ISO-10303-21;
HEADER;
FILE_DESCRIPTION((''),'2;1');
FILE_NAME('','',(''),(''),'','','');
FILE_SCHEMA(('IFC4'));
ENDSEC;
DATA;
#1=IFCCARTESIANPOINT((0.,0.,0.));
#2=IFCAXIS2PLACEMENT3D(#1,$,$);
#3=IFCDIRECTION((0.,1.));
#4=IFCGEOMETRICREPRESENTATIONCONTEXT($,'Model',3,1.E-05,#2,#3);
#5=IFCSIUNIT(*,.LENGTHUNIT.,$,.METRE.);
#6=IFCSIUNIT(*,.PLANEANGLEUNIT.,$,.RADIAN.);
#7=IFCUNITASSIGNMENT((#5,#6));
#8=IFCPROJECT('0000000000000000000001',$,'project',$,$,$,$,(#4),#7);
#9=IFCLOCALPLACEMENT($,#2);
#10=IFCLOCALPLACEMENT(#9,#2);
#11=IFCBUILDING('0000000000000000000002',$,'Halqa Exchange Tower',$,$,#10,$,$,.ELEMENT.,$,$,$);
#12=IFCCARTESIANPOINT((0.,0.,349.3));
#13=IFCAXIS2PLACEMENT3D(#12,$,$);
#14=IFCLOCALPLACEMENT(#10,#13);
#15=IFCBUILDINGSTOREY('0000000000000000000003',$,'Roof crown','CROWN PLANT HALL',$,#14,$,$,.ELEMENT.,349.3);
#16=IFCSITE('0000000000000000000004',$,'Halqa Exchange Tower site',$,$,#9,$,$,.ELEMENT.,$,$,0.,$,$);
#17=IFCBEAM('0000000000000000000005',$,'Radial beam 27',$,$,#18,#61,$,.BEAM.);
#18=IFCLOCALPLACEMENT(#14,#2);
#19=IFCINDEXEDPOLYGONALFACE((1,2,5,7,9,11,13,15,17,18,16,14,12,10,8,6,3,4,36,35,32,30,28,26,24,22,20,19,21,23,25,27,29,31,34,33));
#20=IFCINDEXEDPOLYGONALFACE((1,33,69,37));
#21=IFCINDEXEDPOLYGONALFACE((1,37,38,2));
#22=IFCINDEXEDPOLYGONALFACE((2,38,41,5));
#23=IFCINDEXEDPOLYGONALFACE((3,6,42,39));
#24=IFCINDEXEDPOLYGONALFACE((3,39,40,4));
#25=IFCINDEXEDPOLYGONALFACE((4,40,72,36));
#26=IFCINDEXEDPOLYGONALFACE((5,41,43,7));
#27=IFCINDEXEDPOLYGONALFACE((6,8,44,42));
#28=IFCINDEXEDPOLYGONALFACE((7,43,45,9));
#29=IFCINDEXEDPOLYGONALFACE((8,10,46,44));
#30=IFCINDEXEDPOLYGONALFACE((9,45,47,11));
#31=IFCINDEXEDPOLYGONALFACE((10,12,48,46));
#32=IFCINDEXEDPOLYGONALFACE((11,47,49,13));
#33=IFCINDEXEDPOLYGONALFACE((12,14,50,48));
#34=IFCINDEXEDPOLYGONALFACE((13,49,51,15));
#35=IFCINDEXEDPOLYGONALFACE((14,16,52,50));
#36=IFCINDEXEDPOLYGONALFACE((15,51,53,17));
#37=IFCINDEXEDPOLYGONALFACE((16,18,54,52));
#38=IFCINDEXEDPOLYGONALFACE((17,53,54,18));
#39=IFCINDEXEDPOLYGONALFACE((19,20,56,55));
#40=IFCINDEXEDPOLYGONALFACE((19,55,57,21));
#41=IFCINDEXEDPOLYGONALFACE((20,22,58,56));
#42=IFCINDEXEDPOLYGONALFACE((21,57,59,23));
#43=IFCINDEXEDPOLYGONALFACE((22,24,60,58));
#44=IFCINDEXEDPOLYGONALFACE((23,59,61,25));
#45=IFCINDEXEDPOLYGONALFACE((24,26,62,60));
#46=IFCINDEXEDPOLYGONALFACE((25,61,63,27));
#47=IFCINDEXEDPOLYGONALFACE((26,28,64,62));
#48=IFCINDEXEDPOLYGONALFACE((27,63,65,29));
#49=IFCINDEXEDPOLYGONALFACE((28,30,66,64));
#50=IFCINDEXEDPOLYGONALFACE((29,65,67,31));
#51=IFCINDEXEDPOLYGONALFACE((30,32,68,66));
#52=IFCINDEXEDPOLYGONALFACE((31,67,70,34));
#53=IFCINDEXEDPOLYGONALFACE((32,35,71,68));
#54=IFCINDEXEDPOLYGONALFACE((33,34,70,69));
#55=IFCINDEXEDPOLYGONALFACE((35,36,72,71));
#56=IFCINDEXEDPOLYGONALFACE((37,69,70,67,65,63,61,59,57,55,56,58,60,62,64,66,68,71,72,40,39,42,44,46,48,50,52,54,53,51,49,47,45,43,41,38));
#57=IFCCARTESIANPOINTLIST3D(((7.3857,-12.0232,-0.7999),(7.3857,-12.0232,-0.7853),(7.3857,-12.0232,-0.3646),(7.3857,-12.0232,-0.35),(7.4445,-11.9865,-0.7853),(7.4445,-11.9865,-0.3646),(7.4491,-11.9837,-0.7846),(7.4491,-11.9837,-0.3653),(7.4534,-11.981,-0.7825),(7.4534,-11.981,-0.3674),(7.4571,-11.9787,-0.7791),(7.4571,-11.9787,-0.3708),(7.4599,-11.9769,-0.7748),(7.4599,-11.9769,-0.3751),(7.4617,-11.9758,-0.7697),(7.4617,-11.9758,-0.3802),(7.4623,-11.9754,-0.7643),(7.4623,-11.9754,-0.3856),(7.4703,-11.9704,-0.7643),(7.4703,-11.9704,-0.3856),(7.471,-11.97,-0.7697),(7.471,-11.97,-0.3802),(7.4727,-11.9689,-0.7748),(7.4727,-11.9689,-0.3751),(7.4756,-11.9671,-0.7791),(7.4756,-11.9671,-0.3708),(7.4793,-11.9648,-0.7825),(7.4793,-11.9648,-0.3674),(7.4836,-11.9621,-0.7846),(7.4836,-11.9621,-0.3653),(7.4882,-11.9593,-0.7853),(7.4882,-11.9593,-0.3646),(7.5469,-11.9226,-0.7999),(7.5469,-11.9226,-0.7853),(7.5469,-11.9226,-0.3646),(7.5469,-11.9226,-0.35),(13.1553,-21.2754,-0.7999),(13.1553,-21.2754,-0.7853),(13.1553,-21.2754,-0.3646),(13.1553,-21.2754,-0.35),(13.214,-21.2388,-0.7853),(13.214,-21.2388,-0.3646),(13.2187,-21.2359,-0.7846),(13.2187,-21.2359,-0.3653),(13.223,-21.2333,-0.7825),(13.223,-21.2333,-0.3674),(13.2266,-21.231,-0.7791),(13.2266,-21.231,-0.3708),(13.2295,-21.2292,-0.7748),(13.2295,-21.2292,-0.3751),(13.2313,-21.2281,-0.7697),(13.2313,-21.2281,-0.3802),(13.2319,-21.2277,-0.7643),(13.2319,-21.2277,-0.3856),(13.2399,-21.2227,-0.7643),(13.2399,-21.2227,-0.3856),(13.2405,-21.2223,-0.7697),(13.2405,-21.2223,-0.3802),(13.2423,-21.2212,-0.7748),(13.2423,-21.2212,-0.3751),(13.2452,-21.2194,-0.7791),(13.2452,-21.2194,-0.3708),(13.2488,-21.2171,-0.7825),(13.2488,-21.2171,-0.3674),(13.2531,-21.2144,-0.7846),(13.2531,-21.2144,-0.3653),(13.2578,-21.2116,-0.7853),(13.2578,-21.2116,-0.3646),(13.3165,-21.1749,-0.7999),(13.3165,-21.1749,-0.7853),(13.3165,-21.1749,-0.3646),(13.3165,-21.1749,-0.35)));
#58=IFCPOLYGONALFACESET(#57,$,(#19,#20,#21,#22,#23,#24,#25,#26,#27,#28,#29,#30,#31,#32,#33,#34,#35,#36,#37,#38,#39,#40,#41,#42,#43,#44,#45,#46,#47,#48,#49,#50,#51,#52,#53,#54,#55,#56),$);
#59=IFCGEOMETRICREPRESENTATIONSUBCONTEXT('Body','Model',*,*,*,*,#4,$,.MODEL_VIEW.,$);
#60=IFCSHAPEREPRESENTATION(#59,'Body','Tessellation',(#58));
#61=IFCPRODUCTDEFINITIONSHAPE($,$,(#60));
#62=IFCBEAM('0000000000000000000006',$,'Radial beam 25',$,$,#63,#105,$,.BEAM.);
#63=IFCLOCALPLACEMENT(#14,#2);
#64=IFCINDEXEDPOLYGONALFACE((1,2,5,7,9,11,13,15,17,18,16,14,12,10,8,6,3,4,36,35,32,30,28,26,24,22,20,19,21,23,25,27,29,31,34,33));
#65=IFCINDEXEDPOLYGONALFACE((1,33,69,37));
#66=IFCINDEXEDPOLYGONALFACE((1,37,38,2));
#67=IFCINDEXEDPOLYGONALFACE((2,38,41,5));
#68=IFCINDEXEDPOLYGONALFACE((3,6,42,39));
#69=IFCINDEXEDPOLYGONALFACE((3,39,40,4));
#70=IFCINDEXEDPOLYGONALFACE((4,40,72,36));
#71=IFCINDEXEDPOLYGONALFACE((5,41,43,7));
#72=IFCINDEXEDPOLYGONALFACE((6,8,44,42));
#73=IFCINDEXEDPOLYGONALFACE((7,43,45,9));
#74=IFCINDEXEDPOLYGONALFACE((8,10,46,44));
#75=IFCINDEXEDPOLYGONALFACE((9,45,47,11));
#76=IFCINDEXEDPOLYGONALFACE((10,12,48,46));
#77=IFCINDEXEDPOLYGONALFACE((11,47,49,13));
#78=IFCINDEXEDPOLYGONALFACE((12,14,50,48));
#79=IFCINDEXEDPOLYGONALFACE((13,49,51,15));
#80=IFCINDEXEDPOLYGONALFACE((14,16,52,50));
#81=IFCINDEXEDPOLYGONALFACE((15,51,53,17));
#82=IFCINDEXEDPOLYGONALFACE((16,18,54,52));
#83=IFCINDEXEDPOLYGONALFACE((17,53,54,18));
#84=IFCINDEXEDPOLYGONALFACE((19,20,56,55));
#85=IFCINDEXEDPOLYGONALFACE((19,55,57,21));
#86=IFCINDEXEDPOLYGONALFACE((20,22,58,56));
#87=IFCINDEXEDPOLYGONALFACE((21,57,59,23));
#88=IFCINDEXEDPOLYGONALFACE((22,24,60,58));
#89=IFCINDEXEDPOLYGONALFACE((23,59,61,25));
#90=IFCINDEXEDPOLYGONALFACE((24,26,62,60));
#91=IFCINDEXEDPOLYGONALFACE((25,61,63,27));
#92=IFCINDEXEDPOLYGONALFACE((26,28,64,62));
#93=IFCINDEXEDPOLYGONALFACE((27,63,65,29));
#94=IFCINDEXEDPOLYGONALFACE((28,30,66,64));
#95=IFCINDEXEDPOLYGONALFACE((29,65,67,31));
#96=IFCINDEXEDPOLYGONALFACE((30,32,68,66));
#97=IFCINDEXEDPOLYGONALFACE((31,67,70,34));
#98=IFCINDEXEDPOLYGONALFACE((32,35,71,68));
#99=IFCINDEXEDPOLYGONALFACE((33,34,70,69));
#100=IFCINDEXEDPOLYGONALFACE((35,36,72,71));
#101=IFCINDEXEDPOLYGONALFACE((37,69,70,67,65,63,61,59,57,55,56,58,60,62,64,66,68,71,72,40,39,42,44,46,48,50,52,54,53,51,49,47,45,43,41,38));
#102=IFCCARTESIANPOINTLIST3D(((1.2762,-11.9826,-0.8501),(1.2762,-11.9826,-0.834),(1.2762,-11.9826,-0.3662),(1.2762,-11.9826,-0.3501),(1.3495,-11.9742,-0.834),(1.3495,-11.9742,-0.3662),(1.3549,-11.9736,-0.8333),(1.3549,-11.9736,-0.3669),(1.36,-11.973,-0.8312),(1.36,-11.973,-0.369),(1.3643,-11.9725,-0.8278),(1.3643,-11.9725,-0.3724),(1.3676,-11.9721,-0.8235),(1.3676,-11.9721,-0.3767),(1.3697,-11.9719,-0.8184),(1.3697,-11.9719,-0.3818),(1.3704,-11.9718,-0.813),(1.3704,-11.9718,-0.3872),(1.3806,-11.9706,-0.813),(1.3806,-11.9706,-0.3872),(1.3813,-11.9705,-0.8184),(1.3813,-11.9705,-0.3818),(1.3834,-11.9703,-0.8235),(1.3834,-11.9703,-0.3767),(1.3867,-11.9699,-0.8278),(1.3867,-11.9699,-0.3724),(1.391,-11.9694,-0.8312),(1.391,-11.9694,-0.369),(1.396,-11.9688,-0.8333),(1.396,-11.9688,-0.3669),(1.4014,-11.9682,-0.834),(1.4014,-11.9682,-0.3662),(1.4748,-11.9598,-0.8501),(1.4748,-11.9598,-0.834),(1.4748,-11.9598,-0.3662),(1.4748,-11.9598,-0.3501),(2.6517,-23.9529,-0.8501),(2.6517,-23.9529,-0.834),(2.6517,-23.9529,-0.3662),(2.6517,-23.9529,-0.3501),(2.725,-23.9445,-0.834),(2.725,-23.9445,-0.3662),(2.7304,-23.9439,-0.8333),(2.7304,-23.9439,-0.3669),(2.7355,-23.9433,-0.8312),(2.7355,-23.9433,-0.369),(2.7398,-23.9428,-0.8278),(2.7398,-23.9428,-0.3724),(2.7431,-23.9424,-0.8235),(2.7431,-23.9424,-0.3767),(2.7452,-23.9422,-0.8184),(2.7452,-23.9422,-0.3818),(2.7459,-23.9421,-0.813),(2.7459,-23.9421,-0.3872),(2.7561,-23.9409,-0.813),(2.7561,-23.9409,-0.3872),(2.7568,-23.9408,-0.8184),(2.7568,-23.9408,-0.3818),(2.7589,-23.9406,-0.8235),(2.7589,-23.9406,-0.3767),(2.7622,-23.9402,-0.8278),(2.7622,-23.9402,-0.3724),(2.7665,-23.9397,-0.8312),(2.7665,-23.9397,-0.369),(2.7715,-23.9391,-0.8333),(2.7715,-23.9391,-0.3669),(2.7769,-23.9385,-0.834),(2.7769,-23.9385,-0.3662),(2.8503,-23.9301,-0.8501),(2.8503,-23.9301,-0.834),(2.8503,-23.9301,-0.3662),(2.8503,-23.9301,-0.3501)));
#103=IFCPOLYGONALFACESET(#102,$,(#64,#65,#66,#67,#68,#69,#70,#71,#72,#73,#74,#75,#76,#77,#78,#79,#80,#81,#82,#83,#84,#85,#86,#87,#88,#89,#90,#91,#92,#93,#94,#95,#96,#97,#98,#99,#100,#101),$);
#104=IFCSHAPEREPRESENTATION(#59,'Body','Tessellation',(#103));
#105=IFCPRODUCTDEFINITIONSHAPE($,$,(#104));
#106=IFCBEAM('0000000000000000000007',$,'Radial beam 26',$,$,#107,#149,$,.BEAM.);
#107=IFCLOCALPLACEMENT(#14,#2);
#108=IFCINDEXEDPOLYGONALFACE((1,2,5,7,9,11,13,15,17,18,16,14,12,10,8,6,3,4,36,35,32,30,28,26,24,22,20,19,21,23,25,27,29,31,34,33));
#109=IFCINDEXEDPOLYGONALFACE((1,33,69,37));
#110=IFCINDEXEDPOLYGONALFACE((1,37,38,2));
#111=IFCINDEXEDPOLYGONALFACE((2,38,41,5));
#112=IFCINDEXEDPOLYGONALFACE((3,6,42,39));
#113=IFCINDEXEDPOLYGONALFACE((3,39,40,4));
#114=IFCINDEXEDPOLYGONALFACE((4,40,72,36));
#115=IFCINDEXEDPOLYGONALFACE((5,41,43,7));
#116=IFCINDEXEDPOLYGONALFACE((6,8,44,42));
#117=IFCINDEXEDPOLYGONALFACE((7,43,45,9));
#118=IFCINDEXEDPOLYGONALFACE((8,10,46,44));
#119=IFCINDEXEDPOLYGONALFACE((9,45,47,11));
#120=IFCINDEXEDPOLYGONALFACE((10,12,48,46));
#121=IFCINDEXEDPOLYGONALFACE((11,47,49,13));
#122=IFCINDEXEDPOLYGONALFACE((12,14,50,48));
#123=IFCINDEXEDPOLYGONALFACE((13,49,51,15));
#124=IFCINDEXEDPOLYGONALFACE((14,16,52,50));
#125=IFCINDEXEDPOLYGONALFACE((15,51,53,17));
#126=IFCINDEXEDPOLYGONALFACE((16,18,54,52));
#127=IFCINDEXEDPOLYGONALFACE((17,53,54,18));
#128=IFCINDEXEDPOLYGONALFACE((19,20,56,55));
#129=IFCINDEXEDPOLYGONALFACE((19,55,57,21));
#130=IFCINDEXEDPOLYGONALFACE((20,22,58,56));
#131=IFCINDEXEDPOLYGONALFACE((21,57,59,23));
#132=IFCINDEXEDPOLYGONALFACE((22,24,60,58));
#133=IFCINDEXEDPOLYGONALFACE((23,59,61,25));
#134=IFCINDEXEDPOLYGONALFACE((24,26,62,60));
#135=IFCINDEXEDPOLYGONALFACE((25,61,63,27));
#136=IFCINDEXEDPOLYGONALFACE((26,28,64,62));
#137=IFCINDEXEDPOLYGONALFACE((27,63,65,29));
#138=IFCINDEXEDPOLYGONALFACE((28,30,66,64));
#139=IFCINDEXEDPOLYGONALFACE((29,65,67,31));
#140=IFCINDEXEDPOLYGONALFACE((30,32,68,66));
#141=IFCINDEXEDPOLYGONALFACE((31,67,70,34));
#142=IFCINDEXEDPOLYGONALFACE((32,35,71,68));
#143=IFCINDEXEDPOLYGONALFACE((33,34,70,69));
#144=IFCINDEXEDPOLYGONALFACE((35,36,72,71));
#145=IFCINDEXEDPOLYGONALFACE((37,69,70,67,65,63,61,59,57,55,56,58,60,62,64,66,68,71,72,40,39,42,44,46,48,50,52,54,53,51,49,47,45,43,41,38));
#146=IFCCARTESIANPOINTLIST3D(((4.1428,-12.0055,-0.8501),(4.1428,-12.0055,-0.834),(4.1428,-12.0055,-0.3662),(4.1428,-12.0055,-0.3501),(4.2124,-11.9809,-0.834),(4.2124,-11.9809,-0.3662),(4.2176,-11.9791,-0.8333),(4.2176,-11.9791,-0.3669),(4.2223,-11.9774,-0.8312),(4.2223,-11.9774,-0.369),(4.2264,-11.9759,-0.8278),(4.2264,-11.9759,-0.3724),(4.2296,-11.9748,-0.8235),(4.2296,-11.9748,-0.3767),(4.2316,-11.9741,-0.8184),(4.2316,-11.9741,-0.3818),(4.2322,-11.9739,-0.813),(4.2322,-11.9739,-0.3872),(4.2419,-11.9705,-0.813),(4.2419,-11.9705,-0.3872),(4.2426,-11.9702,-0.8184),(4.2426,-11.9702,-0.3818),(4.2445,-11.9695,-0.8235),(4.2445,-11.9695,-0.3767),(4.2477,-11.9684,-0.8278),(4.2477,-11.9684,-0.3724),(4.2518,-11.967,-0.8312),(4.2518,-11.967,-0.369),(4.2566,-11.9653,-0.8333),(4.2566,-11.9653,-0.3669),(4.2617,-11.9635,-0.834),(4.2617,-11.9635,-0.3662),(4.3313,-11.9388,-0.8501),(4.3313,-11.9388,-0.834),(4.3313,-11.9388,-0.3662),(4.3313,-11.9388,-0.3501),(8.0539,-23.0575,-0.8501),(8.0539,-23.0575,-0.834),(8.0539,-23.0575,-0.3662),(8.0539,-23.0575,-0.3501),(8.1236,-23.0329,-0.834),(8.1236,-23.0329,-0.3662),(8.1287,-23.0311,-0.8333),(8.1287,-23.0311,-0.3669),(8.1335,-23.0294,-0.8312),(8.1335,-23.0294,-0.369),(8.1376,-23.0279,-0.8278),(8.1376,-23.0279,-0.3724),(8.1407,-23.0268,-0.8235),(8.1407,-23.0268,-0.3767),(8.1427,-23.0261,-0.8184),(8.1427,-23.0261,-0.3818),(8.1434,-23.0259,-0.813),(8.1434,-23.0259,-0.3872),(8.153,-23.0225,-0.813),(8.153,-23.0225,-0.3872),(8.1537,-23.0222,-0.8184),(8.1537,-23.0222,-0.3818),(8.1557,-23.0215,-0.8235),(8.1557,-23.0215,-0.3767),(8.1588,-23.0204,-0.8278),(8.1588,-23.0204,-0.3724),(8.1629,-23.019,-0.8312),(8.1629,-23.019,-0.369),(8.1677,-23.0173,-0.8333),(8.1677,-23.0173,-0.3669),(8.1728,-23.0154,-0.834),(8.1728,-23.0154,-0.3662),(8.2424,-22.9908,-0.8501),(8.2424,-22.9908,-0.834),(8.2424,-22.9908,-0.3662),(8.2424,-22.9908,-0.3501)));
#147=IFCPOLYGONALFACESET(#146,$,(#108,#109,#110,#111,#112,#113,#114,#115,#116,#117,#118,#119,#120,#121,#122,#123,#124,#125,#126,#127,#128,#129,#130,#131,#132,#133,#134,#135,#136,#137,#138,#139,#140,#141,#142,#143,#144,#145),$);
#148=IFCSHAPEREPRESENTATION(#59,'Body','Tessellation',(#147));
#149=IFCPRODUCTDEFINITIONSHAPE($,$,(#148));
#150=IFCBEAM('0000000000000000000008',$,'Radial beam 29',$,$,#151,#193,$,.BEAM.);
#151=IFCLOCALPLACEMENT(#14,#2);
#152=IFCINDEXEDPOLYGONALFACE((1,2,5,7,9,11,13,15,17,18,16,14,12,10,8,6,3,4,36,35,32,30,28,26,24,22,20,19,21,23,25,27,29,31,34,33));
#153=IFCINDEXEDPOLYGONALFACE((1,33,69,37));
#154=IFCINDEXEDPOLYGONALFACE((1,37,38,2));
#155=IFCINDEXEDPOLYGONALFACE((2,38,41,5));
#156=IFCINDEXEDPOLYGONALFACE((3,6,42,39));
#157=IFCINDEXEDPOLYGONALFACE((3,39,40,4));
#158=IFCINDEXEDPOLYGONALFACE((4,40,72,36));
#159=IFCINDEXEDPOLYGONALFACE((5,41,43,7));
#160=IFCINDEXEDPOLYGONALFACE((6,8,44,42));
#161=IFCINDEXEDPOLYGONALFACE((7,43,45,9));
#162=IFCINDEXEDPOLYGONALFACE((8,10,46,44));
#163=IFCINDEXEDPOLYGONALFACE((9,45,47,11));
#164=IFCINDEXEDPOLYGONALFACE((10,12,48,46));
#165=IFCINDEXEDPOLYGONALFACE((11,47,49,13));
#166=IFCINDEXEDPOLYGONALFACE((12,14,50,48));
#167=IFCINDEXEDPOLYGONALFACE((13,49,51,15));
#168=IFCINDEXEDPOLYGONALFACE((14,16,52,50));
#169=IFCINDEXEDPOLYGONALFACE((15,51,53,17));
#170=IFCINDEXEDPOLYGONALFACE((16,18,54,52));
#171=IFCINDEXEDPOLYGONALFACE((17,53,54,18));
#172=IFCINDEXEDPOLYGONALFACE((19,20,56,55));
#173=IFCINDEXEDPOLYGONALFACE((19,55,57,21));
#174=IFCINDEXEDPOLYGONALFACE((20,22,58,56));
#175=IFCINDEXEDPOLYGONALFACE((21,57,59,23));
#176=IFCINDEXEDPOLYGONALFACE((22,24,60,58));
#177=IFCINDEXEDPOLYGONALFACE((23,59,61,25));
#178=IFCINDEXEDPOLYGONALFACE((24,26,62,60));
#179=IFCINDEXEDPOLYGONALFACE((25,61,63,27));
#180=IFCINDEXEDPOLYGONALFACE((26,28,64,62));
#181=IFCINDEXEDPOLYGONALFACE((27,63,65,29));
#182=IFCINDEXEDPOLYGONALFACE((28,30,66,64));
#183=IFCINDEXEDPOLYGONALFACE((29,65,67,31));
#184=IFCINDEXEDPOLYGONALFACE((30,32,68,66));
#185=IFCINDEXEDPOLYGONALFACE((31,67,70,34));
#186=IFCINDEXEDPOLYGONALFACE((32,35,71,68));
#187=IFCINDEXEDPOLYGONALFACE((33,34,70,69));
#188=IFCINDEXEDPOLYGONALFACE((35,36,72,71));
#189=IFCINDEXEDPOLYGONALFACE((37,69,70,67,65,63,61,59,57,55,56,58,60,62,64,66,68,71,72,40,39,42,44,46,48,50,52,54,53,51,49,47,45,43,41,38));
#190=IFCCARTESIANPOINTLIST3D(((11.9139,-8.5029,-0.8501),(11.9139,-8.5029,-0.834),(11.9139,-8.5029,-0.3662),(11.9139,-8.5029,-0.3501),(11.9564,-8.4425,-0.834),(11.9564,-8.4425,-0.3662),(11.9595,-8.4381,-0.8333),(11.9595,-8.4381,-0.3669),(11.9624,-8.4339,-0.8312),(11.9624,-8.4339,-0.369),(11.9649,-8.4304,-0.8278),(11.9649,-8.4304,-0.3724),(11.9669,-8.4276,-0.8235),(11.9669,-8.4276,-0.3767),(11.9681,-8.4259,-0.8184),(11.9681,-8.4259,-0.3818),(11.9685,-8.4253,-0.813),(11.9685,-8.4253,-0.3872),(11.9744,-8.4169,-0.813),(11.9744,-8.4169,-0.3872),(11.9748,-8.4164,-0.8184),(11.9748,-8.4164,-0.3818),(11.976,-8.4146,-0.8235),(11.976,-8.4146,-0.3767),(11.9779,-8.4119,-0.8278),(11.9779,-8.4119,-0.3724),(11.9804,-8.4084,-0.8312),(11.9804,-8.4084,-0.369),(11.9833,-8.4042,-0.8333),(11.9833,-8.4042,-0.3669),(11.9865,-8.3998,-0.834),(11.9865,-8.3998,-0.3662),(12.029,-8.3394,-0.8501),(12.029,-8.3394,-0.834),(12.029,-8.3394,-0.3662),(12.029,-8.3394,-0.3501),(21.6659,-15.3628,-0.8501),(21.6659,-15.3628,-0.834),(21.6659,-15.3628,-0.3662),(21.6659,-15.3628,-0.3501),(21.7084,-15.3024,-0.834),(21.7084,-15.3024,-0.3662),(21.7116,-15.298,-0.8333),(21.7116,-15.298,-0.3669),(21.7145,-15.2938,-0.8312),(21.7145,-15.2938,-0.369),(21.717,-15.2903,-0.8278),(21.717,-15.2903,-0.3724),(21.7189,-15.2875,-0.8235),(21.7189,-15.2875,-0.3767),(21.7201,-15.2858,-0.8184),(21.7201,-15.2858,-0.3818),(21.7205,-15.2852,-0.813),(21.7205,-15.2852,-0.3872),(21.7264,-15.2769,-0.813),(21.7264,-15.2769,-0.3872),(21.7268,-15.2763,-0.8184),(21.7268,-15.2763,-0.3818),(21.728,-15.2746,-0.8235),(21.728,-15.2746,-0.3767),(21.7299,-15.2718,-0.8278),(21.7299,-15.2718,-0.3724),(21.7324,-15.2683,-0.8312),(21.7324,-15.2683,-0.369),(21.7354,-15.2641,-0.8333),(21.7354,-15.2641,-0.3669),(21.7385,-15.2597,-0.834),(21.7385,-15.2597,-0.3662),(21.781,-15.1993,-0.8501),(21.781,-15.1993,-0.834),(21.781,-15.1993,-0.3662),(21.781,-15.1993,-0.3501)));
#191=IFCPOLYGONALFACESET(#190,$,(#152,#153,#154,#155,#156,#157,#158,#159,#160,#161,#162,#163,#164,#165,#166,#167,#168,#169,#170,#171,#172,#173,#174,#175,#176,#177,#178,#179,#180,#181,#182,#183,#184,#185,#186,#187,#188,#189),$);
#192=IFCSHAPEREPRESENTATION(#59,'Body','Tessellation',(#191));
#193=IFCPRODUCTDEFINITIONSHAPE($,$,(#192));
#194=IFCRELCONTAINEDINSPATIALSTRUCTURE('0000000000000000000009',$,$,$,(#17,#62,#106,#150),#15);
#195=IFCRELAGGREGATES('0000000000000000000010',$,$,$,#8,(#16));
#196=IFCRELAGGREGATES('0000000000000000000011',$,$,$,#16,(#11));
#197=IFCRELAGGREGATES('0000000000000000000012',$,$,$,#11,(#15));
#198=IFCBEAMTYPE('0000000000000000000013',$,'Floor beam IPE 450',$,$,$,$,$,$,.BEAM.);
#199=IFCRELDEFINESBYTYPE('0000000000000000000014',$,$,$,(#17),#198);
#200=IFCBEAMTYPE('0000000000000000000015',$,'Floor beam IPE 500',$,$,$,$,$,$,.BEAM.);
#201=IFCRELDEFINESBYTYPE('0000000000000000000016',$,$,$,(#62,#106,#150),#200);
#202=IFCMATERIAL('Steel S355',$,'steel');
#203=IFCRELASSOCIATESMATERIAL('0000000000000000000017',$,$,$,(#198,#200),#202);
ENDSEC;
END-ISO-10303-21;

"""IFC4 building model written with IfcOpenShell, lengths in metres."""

from ifc_helpers import new_model, si_unit, direction, frame, origin, origin_2d, place, context, subcontext, project, spatial, i_section, extrude, material, material_profile, profile_set, type_object, element, save


model = new_model("IFC4")

# Units and contexts
model_context = context("Model", 3, precision=1e-05, world=origin(), true_north=direction((0.0, 1.0)))
body_context = subcontext(model_context, "Body", "Model", "MODEL_VIEW")
ifc_project = project(units=[si_unit("LENGTHUNIT", "METRE"), si_unit("PLANEANGLEUNIT", "RADIAN")], contexts=[model_context])

# Site, building, storey
site_placement = place(None, origin())
site = spatial("IfcSite", under=ifc_project, at=site_placement, Name="Halqa Exchange Tower site", CompositionType="ELEMENT", RefElevation=0.0)
building_placement = place(site_placement, origin())
building = spatial("IfcBuilding", under=site, at=building_placement, Name="Halqa Exchange Tower", CompositionType="ELEMENT")
storey_placement = place(building_placement, frame((0.0, 0.0, 349.3)))
storey = spatial("IfcBuildingStorey", under=building, at=storey_placement, Name="Roof crown", Description="CROWN PLANT HALL", CompositionType="ELEMENT", Elevation=349.3)

# Shared definitions
ifc_material_1 = material(Name="Steel S355", Category="steel")

# Beams
ifc_material_profile_1 = material_profile(ifc_material_1, i_section(OverallWidth=0.1899, OverallDepth=0.45, WebThickness=0.0095, FlangeThickness=0.0146, FilletRadius=0.021, at=origin_2d()), Name="IPE 450")
ifc_profile_set_1 = profile_set([ifc_material_profile_1], Name="Steel S355")
beam_type_1 = type_object("IfcBeamType", Name="Floor beam IPE 450", PredefinedType="BEAM", material=ifc_profile_set_1)
beam_1_placement = place(storey_placement, frame((7.4663, -11.9729, -0.575), z_axis=(0.529135, -0.848538, 0.0), x_axis=(0.848538, 0.529135, 0.0)))
element("IfcBeam", 1, at=beam_1_placement, inside=storey, type_object=beam_type_1, Name="Radial beam 27", PredefinedType="BEAM", context=body_context, shape_type="SweptSolid", body=[
    extrude(i_section(OverallWidth=0.1899, OverallDepth=0.45, WebThickness=0.0095, FlangeThickness=0.0146, FilletRadius=0.021, at=origin_2d()), origin(), (0.0, 0.0, 1.0), 10.9038),
])
ifc_material_profile_2 = material_profile(ifc_material_1, i_section(OverallWidth=0.2, OverallDepth=0.5, WebThickness=0.0103, FlangeThickness=0.0161, FilletRadius=0.021, at=origin_2d()), Name="IPE 500")
ifc_profile_set_2 = profile_set([ifc_material_profile_2], Name="Steel S355")
beam_type_2 = type_object("IfcBeamType", Name="Floor beam IPE 500", PredefinedType="BEAM", material=ifc_profile_set_2)
beam_2_placement = place(storey_placement, frame((1.3755, -11.9712, -0.6001), z_axis=(0.114158, -0.993463, 0.0), x_axis=(0.993463, 0.114158, 0.0)))
element("IfcBeam", 2, at=beam_2_placement, inside=storey, type_object=beam_type_2, Name="Radial beam 25", PredefinedType="BEAM", context=body_context, shape_type="SweptSolid", body=[
    extrude(i_section(OverallWidth=0.2, OverallDepth=0.5, WebThickness=0.0103, FlangeThickness=0.0161, FilletRadius=0.021, at=origin_2d()), origin(), (0.0, 0.0, 1.0), 12.0491),
])
beam_3_placement = place(storey_placement, frame((4.2371, -11.9722, -0.6001), z_axis=(0.333611, -0.942711, 0.0), x_axis=(0.942711, 0.333611, 0.0)))
element("IfcBeam", 3, at=beam_3_placement, inside=storey, type_object=beam_type_2, Name="Radial beam 26", PredefinedType="BEAM", context=body_context, shape_type="SweptSolid", body=[
    extrude(i_section(OverallWidth=0.2, OverallDepth=0.5, WebThickness=0.0103, FlangeThickness=0.0161, FilletRadius=0.021, at=origin_2d()), origin(), (0.0, 0.0, 1.0), 11.7236),
])
beam_4_placement = place(storey_placement, frame((11.9714, -8.4211, -0.6001), z_axis=(0.81791, -0.575346, 0.0), x_axis=(0.575346, 0.81791, 0.0)))
element("IfcBeam", 4, at=beam_4_placement, inside=storey, type_object=beam_type_2, Name="Radial beam 29", PredefinedType="BEAM", context=body_context, shape_type="SweptSolid", body=[
    extrude(i_section(OverallWidth=0.2, OverallDepth=0.5, WebThickness=0.0103, FlangeThickness=0.0161, FilletRadius=0.021, at=origin_2d()), origin(), (0.0, 0.0, 1.0), 11.9231),
])

save(model, "model.ifc")
